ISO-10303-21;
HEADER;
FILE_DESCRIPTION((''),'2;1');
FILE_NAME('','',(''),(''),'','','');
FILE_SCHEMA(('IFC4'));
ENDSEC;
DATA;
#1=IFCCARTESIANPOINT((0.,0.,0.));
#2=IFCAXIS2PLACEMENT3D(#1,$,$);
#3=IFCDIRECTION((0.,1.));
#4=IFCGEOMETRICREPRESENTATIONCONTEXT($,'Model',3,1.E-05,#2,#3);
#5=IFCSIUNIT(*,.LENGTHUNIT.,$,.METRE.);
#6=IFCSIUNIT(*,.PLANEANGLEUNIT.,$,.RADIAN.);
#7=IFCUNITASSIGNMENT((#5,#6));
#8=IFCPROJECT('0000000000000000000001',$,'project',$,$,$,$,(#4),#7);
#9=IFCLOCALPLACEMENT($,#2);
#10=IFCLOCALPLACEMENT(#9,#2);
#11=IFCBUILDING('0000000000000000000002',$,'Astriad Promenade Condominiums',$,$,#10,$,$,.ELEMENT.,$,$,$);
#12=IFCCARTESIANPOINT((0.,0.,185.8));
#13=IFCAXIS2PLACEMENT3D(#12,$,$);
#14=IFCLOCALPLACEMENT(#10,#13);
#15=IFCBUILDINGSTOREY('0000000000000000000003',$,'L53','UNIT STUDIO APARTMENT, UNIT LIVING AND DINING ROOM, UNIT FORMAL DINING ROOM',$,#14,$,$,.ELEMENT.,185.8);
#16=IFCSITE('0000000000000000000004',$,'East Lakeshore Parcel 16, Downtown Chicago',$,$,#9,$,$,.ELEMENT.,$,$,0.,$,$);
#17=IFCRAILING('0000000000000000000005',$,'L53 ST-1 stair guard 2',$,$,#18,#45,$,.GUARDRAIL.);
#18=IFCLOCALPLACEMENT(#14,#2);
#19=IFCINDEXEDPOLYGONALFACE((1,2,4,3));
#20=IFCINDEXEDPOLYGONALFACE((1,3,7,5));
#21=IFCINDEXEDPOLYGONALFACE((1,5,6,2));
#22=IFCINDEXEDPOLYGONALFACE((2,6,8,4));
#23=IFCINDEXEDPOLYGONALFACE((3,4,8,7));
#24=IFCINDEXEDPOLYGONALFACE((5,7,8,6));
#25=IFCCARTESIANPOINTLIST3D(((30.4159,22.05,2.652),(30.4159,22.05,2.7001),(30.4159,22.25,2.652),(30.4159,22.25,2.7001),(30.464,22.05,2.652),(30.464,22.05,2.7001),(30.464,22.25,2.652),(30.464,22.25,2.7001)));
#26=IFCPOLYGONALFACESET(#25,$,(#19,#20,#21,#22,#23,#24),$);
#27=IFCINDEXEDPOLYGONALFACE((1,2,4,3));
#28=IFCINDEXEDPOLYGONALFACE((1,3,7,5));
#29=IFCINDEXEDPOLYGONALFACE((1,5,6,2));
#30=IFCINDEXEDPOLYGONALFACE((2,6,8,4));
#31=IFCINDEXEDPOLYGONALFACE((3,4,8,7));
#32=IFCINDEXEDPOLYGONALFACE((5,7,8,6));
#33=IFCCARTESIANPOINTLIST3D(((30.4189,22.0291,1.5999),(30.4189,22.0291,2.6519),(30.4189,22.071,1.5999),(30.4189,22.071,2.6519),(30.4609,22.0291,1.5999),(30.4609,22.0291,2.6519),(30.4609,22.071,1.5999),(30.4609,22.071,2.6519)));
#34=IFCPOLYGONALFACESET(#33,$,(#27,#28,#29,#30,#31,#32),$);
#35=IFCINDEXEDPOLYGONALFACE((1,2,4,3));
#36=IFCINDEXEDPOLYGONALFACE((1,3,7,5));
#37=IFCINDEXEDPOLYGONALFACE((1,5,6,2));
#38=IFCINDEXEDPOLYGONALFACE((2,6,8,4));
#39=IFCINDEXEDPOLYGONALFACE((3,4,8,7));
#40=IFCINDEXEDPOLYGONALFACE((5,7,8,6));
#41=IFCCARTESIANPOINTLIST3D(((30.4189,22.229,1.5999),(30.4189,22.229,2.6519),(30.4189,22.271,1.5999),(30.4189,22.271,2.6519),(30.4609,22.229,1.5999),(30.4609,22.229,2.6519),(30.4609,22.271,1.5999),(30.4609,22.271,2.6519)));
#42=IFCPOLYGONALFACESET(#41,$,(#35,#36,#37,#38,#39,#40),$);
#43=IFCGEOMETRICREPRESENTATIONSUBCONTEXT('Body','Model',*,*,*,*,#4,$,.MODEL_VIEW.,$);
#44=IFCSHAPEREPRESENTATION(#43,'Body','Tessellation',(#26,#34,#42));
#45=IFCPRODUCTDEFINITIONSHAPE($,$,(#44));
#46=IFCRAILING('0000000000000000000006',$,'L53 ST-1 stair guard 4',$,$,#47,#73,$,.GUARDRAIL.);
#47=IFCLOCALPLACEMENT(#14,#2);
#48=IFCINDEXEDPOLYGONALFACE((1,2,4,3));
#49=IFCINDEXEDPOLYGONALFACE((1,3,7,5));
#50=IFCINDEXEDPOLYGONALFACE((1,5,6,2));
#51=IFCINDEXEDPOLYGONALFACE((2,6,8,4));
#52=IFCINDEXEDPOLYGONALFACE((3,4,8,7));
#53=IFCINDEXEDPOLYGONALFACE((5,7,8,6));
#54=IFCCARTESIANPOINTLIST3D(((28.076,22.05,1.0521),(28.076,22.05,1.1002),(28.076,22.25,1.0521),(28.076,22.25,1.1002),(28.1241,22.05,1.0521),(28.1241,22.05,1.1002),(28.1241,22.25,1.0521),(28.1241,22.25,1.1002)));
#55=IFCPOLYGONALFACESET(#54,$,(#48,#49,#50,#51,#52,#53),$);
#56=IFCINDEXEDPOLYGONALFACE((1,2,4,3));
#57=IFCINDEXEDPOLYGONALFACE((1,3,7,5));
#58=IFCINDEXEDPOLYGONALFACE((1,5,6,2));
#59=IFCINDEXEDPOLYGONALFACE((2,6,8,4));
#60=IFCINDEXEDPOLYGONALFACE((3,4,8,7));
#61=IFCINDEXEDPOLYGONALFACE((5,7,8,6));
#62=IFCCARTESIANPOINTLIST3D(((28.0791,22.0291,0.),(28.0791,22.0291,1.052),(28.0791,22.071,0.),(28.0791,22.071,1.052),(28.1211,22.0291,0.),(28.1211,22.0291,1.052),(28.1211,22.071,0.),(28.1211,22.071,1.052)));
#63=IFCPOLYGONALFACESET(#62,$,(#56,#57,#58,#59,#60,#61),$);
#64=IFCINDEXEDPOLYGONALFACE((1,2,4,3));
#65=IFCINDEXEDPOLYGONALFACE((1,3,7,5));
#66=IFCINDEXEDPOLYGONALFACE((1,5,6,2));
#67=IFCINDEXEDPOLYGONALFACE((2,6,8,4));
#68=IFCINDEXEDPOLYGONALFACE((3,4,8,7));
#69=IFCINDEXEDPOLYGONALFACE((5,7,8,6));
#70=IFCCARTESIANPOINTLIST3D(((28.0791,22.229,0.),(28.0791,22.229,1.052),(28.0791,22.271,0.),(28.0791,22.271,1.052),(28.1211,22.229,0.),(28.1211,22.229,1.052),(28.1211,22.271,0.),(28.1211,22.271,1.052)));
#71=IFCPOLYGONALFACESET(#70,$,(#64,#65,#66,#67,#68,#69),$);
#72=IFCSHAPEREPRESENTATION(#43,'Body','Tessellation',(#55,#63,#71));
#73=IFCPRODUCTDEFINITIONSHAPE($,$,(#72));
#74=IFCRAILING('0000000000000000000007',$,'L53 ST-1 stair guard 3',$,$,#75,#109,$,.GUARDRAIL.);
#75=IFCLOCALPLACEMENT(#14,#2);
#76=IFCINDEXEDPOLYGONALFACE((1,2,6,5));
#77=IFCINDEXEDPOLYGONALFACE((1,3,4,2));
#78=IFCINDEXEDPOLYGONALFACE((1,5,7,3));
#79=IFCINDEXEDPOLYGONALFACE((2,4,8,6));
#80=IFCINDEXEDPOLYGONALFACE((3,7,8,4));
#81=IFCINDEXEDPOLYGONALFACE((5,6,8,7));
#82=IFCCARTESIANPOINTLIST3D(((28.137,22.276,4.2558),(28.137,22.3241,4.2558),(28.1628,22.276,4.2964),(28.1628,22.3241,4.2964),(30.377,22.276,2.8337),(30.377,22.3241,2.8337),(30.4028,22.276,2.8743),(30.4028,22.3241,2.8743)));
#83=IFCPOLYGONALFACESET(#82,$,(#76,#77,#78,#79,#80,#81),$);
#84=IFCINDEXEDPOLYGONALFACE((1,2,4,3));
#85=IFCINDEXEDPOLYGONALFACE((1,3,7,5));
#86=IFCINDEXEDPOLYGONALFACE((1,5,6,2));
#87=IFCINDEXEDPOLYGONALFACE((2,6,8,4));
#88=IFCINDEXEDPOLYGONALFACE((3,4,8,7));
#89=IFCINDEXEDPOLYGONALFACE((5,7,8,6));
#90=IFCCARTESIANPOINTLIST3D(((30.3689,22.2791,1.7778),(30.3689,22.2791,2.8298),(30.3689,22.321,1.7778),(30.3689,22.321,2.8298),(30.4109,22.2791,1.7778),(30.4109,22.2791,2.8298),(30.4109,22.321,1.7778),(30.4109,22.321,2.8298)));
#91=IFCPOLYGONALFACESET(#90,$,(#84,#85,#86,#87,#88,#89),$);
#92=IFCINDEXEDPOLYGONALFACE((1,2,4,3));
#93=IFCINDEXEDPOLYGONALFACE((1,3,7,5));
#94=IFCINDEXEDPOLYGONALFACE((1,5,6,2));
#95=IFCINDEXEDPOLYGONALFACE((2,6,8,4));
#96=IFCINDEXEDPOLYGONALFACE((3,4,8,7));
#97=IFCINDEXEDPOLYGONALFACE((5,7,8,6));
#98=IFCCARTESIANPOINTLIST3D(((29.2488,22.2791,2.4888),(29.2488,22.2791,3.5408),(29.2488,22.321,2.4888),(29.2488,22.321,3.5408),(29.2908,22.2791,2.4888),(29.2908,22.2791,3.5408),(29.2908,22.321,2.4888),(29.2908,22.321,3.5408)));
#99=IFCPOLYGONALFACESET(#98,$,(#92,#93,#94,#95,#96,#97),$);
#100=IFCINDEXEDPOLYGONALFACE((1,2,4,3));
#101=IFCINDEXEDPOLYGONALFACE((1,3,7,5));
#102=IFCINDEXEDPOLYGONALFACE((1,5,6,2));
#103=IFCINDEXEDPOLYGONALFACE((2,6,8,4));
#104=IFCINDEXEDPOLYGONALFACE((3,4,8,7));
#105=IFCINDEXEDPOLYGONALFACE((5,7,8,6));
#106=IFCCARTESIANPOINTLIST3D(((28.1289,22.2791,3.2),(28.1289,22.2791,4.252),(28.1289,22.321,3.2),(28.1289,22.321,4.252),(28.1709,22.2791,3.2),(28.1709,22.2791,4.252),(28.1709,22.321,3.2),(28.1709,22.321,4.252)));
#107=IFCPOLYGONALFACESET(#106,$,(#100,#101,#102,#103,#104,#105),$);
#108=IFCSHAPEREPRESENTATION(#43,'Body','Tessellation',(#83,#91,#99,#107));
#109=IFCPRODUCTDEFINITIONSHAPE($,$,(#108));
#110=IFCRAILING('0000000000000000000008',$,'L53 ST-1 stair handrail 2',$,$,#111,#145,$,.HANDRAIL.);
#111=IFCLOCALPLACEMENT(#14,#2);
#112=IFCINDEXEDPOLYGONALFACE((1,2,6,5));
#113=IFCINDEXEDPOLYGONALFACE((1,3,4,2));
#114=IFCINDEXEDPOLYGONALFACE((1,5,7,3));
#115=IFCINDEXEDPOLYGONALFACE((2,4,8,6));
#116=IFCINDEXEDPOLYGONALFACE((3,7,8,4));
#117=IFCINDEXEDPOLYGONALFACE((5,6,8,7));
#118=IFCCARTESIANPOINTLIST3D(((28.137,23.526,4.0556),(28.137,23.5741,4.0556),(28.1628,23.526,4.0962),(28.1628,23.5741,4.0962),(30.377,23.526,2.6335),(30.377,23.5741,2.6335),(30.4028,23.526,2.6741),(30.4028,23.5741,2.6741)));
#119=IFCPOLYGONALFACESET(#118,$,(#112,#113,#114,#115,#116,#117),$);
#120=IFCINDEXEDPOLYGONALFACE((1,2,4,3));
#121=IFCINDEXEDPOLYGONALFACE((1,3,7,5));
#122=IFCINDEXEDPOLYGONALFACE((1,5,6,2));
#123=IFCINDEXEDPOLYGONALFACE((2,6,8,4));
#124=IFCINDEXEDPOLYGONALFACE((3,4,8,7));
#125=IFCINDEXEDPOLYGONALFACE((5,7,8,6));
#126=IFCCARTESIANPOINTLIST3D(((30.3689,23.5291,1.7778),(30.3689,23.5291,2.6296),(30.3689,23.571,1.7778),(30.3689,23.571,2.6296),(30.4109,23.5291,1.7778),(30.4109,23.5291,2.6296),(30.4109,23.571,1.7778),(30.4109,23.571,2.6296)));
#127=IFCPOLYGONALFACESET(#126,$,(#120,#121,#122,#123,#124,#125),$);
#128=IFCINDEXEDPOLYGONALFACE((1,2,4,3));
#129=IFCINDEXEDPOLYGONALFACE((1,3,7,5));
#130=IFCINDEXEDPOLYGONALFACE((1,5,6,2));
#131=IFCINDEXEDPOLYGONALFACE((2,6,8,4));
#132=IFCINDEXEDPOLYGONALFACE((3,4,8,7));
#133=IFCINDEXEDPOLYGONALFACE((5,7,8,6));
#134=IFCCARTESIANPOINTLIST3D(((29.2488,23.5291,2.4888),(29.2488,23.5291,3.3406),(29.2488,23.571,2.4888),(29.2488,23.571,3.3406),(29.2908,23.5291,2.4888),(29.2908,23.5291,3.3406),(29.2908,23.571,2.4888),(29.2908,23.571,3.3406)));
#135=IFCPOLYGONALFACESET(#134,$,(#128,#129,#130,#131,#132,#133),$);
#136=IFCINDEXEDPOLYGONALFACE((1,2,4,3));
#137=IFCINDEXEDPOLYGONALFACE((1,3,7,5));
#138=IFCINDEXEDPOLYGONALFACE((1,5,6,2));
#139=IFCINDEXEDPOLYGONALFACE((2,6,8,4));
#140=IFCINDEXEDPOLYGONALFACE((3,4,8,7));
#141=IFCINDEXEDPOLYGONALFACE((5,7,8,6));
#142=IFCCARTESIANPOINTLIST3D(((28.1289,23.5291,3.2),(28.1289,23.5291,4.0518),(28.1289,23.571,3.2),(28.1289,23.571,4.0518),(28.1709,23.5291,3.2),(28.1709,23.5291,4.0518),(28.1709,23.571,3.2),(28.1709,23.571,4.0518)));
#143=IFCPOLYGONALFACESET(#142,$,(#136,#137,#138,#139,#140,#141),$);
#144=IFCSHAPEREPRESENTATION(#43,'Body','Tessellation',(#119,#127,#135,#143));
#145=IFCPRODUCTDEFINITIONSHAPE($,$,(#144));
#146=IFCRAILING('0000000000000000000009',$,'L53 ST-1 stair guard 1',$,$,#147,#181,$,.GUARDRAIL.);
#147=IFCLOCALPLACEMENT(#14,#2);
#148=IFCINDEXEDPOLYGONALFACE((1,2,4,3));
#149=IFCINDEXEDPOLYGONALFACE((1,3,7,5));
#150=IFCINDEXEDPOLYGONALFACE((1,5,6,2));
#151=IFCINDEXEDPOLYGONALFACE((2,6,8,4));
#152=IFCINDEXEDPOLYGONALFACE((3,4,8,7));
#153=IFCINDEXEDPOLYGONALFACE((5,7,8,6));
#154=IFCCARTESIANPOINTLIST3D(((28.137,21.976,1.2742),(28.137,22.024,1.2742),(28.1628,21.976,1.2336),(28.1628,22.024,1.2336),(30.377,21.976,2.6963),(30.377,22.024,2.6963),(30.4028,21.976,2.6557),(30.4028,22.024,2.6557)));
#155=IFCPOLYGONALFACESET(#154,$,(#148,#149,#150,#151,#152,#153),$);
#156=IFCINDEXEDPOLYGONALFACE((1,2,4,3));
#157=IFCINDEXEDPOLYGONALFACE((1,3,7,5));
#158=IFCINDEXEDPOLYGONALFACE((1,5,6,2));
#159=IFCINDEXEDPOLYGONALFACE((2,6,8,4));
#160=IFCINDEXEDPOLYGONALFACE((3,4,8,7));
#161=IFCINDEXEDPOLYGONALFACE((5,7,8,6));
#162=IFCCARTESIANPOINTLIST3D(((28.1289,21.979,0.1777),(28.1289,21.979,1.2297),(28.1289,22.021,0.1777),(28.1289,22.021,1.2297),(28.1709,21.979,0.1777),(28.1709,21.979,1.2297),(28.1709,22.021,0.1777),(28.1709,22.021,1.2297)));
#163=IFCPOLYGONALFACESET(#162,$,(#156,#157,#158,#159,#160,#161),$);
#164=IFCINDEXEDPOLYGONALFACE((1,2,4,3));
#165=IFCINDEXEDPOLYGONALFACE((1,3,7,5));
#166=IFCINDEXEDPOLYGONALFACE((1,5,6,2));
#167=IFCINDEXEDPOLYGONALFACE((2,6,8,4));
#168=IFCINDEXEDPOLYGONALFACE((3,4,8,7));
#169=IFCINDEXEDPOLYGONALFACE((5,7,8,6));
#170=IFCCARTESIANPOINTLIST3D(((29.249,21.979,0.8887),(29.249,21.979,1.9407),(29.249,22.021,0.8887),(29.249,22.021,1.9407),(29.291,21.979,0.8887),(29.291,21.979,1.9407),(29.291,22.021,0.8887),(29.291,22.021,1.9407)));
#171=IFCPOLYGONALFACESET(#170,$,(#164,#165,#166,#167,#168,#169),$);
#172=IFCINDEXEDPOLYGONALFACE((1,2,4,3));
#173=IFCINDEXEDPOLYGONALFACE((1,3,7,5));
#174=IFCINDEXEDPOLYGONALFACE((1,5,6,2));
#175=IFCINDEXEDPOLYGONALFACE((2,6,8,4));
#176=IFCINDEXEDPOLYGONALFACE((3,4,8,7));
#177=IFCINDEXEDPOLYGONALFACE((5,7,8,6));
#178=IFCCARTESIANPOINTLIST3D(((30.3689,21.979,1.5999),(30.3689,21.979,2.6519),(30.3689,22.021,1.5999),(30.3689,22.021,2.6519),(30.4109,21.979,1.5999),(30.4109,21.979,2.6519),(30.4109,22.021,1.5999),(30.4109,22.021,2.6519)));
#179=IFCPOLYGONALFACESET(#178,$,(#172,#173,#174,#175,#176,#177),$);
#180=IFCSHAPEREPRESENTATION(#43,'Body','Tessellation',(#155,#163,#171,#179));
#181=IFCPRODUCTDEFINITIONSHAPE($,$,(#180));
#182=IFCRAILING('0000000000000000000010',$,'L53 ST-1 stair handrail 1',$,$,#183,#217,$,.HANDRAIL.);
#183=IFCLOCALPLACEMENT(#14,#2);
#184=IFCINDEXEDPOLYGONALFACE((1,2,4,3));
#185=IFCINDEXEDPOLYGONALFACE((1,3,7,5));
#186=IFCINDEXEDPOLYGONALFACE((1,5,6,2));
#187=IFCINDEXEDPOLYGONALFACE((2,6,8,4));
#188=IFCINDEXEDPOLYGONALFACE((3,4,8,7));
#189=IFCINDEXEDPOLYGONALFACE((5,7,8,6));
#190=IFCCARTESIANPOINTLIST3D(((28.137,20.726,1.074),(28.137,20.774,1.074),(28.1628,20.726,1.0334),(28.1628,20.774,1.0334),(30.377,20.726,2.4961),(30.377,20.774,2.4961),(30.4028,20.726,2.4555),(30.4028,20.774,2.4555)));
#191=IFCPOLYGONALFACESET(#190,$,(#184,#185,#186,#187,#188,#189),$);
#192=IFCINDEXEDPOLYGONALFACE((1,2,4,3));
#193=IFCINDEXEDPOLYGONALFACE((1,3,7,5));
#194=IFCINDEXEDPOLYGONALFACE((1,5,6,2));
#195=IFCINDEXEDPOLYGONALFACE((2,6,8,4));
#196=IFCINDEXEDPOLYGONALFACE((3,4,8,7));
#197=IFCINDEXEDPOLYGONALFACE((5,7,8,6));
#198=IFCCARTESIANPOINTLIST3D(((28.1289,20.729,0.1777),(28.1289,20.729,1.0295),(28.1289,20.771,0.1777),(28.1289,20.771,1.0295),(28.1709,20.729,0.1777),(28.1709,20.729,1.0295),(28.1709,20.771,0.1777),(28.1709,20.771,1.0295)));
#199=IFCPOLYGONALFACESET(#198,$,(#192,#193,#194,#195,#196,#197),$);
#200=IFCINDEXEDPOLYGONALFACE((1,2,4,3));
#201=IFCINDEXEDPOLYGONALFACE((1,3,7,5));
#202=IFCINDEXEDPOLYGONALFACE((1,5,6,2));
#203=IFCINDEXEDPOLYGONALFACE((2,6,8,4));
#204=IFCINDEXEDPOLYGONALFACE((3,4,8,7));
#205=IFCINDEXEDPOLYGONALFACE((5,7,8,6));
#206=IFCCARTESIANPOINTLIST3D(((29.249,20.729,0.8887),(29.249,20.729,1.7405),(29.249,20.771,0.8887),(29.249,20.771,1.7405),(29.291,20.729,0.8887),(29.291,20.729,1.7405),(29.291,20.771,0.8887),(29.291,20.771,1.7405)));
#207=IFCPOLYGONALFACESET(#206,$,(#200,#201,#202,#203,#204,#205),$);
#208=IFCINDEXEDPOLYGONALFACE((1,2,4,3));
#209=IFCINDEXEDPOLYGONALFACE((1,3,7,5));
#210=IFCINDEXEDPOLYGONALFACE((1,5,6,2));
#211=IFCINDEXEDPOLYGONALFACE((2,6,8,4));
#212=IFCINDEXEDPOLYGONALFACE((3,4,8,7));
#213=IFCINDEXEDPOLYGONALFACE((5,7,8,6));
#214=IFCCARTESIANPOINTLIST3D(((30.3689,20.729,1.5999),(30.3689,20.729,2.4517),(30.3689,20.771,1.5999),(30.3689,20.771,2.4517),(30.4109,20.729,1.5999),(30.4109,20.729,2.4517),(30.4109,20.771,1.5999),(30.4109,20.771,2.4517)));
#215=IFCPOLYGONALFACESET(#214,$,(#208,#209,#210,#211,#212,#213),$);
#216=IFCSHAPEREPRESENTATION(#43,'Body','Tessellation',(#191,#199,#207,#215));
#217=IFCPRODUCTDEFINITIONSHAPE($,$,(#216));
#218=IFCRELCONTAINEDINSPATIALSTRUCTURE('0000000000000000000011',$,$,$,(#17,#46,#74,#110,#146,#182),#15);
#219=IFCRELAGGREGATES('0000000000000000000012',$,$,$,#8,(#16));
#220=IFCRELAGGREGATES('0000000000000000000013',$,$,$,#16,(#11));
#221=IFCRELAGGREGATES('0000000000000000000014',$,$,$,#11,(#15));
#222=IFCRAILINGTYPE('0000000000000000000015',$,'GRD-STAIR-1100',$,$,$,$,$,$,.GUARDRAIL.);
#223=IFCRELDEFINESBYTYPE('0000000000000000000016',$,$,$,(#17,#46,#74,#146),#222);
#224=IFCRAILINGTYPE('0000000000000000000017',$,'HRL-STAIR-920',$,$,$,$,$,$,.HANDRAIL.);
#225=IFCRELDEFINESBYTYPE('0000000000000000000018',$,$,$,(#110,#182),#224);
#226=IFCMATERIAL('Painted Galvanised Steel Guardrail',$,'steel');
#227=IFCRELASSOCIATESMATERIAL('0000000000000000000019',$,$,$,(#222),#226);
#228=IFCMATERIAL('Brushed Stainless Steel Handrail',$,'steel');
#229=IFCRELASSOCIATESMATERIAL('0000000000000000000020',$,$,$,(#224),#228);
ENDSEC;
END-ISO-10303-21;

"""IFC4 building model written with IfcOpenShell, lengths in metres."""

from ifc_helpers import new_model, si_unit, direction, frame, origin, origin_2d, place, context, subcontext, project, spatial, rectangle, extrude, source, transform, mapped, material, type_object, type_shapes, element, save


model = new_model("IFC4")

# Units and contexts
model_context = context("Model", 3, precision=1e-05, world=origin(), true_north=direction((0.0, 1.0)))
body_context = subcontext(model_context, "Body", "Model", "MODEL_VIEW")
ifc_project = project(units=[si_unit("LENGTHUNIT", "METRE"), si_unit("PLANEANGLEUNIT", "RADIAN")], contexts=[model_context])

# Site, building, storey
site_placement = place(None, origin())
site = spatial("IfcSite", under=ifc_project, at=site_placement, Name="East Lakeshore Parcel 16, Downtown Chicago", CompositionType="ELEMENT", RefElevation=0.0)
building_placement = place(site_placement, origin())
building = spatial("IfcBuilding", under=site, at=building_placement, Name="Astriad Promenade Condominiums", CompositionType="ELEMENT")
storey_placement = place(building_placement, frame((0.0, 0.0, 185.8)))
storey = spatial("IfcBuildingStorey", under=building, at=storey_placement, Name="L53", Description="UNIT STUDIO APARTMENT, UNIT LIVING AND DINING ROOM, UNIT FORMAL DINING ROOM", CompositionType="ELEMENT", Elevation=185.8)

# Railings
ifc_material_1 = material(Name="Painted Galvanised Steel Guardrail", Category="steel")
railing_type_1 = type_object("IfcRailingType", Name="GRD-STAIR-1100", PredefinedType="GUARDRAIL", material=ifc_material_1)
shared_shape_1 = source(origin(), body_context, "Body", "SweptSolid", [
    extrude(rectangle(XDim=0.0481, YDim=0.0481, at=origin_2d()), frame((0.0, 0.0, 1.0762), z_axis=(0.0, 1.0, 0.0), x_axis=(-1.0, 0.0, 0.0)), (0.0, 0.0, 1.0), 0.2),
    extrude(rectangle(XDim=0.042, YDim=0.042, at=origin_2d()), origin(), (0.0, 0.0, 1.0), 1.052),
    extrude(rectangle(XDim=0.042, YDim=0.042, at=origin_2d()), frame((0.0, 0.2, 0.0)), (0.0, 0.0, 1.0), 1.052),
])
for number, where, name in (
    (1, (30.4399, 22.05, 1.5999), "L53 ST-1 stair guard 2"),
    (2, (28.1001, 22.05, 0.0), "L53 ST-1 stair guard 4"),
):
    element("IfcRailing", number, at=place(storey_placement, frame(where)), inside=storey, type_object=railing_type_1, Name=name, PredefinedType="GUARDRAIL", context=body_context, shape_type="MappedRepresentation", body=[
        mapped(shared_shape_1, transform((0.0, 0.0, 0.0), scale=1.0)),
    ])
shared_shape_2 = source(origin(), body_context, "Body", "SweptSolid", [
    extrude(rectangle(XDim=0.0481, YDim=0.0481, at=origin_2d()), frame((0.0, 0.0, 1.0762), z_axis=(-0.844229, 0.0, 0.535982), x_axis=(0.0, -1.0, 0.0)), (0.0, 0.0, 1.0), 2.6533),
    extrude(rectangle(XDim=0.042, YDim=0.042, at=origin_2d()), origin(), (0.0, 0.0, 1.0), 1.052),
    extrude(rectangle(XDim=0.042, YDim=0.042, at=origin_2d()), frame((-1.1201, 0.0, 0.7109)), (0.0, 0.0, 1.0), 1.052),
    extrude(rectangle(XDim=0.042, YDim=0.042, at=origin_2d()), frame((-2.24, 0.0, 1.4221)), (0.0, 0.0, 1.0), 1.052),
])
railing_1_placement = place(storey_placement, frame((30.3899, 22.3, 1.7778)))
element("IfcRailing", 3, at=railing_1_placement, inside=storey, type_object=railing_type_1, Name="L53 ST-1 stair guard 3", PredefinedType="GUARDRAIL", context=body_context, shape_type="MappedRepresentation", body=[
    mapped(shared_shape_2, transform((0.0, 0.0, 0.0), scale=1.0)),
])
ifc_material_2 = material(Name="Brushed Stainless Steel Handrail", Category="steel")
railing_type_2 = type_object("IfcRailingType", Name="HRL-STAIR-920", PredefinedType="HANDRAIL", material=ifc_material_2)
shared_shape_3 = source(origin(), body_context, "Body", "SweptSolid", [
    extrude(rectangle(XDim=0.0481, YDim=0.0481, at=origin_2d()), frame((0.0, 0.0, 0.876), z_axis=(-0.844229, 0.0, 0.535982), x_axis=(0.0, -1.0, 0.0)), (0.0, 0.0, 1.0), 2.6533),
    extrude(rectangle(XDim=0.042, YDim=0.042, at=origin_2d()), origin(), (0.0, 0.0, 1.0), 0.8518),
    extrude(rectangle(XDim=0.042, YDim=0.042, at=origin_2d()), frame((-1.1201, 0.0, 0.7109)), (0.0, 0.0, 1.0), 0.8518),
    extrude(rectangle(XDim=0.042, YDim=0.042, at=origin_2d()), frame((-2.24, 0.0, 1.4221)), (0.0, 0.0, 1.0), 0.8518),
])
railing_2_placement = place(storey_placement, frame((30.3899, 23.55, 1.7778)))
element("IfcRailing", 4, at=railing_2_placement, inside=storey, type_object=railing_type_2, Name="L53 ST-1 stair handrail 2", PredefinedType="HANDRAIL", context=body_context, shape_type="MappedRepresentation", body=[
    mapped(shared_shape_3, transform((0.0, 0.0, 0.0), scale=1.0)),
])
shared_shape_4 = source(origin(), body_context, "Body", "SweptSolid", [
    extrude(rectangle(XDim=0.0481, YDim=0.0481, at=origin_2d()), frame((0.0, 0.0, 1.0762), z_axis=(0.844229, 0.0, 0.535982), x_axis=(0.0, 1.0, 0.0)), (0.0, 0.0, 1.0), 2.6533),
    extrude(rectangle(XDim=0.042, YDim=0.042, at=origin_2d()), origin(), (0.0, 0.0, 1.0), 1.052),
    extrude(rectangle(XDim=0.042, YDim=0.042, at=origin_2d()), frame((1.1201, 0.0, 0.7109)), (0.0, 0.0, 1.0), 1.052),
    extrude(rectangle(XDim=0.042, YDim=0.042, at=origin_2d()), frame((2.24, 0.0, 1.4221)), (0.0, 0.0, 1.0), 1.052),
])
type_shapes(railing_type_1, [shared_shape_1, shared_shape_2, shared_shape_4])
railing_3_placement = place(storey_placement, frame((28.1499, 22.0, 0.1777)))
element("IfcRailing", 5, at=railing_3_placement, inside=storey, type_object=railing_type_1, Name="L53 ST-1 stair guard 1", PredefinedType="GUARDRAIL", context=body_context, shape_type="MappedRepresentation", body=[
    mapped(shared_shape_4, transform((0.0, 0.0, 0.0), scale=1.0)),
])
shared_shape_5 = source(origin(), body_context, "Body", "SweptSolid", [
    extrude(rectangle(XDim=0.0481, YDim=0.0481, at=origin_2d()), frame((0.0, 0.0, 0.876), z_axis=(0.844229, 0.0, 0.535982), x_axis=(0.0, 1.0, 0.0)), (0.0, 0.0, 1.0), 2.6533),
    extrude(rectangle(XDim=0.042, YDim=0.042, at=origin_2d()), origin(), (0.0, 0.0, 1.0), 0.8518),
    extrude(rectangle(XDim=0.042, YDim=0.042, at=origin_2d()), frame((1.1201, 0.0, 0.7109)), (0.0, 0.0, 1.0), 0.8518),
    extrude(rectangle(XDim=0.042, YDim=0.042, at=origin_2d()), frame((2.24, 0.0, 1.4221)), (0.0, 0.0, 1.0), 0.8518),
])
type_shapes(railing_type_2, [shared_shape_3, shared_shape_5])
railing_4_placement = place(storey_placement, frame((28.1499, 20.75, 0.1777)))
element("IfcRailing", 6, at=railing_4_placement, inside=storey, type_object=railing_type_2, Name="L53 ST-1 stair handrail 1", PredefinedType="HANDRAIL", context=body_context, shape_type="MappedRepresentation", body=[
    mapped(shared_shape_5, transform((0.0, 0.0, 0.0), scale=1.0)),
])

save(model, "model.ifc")
